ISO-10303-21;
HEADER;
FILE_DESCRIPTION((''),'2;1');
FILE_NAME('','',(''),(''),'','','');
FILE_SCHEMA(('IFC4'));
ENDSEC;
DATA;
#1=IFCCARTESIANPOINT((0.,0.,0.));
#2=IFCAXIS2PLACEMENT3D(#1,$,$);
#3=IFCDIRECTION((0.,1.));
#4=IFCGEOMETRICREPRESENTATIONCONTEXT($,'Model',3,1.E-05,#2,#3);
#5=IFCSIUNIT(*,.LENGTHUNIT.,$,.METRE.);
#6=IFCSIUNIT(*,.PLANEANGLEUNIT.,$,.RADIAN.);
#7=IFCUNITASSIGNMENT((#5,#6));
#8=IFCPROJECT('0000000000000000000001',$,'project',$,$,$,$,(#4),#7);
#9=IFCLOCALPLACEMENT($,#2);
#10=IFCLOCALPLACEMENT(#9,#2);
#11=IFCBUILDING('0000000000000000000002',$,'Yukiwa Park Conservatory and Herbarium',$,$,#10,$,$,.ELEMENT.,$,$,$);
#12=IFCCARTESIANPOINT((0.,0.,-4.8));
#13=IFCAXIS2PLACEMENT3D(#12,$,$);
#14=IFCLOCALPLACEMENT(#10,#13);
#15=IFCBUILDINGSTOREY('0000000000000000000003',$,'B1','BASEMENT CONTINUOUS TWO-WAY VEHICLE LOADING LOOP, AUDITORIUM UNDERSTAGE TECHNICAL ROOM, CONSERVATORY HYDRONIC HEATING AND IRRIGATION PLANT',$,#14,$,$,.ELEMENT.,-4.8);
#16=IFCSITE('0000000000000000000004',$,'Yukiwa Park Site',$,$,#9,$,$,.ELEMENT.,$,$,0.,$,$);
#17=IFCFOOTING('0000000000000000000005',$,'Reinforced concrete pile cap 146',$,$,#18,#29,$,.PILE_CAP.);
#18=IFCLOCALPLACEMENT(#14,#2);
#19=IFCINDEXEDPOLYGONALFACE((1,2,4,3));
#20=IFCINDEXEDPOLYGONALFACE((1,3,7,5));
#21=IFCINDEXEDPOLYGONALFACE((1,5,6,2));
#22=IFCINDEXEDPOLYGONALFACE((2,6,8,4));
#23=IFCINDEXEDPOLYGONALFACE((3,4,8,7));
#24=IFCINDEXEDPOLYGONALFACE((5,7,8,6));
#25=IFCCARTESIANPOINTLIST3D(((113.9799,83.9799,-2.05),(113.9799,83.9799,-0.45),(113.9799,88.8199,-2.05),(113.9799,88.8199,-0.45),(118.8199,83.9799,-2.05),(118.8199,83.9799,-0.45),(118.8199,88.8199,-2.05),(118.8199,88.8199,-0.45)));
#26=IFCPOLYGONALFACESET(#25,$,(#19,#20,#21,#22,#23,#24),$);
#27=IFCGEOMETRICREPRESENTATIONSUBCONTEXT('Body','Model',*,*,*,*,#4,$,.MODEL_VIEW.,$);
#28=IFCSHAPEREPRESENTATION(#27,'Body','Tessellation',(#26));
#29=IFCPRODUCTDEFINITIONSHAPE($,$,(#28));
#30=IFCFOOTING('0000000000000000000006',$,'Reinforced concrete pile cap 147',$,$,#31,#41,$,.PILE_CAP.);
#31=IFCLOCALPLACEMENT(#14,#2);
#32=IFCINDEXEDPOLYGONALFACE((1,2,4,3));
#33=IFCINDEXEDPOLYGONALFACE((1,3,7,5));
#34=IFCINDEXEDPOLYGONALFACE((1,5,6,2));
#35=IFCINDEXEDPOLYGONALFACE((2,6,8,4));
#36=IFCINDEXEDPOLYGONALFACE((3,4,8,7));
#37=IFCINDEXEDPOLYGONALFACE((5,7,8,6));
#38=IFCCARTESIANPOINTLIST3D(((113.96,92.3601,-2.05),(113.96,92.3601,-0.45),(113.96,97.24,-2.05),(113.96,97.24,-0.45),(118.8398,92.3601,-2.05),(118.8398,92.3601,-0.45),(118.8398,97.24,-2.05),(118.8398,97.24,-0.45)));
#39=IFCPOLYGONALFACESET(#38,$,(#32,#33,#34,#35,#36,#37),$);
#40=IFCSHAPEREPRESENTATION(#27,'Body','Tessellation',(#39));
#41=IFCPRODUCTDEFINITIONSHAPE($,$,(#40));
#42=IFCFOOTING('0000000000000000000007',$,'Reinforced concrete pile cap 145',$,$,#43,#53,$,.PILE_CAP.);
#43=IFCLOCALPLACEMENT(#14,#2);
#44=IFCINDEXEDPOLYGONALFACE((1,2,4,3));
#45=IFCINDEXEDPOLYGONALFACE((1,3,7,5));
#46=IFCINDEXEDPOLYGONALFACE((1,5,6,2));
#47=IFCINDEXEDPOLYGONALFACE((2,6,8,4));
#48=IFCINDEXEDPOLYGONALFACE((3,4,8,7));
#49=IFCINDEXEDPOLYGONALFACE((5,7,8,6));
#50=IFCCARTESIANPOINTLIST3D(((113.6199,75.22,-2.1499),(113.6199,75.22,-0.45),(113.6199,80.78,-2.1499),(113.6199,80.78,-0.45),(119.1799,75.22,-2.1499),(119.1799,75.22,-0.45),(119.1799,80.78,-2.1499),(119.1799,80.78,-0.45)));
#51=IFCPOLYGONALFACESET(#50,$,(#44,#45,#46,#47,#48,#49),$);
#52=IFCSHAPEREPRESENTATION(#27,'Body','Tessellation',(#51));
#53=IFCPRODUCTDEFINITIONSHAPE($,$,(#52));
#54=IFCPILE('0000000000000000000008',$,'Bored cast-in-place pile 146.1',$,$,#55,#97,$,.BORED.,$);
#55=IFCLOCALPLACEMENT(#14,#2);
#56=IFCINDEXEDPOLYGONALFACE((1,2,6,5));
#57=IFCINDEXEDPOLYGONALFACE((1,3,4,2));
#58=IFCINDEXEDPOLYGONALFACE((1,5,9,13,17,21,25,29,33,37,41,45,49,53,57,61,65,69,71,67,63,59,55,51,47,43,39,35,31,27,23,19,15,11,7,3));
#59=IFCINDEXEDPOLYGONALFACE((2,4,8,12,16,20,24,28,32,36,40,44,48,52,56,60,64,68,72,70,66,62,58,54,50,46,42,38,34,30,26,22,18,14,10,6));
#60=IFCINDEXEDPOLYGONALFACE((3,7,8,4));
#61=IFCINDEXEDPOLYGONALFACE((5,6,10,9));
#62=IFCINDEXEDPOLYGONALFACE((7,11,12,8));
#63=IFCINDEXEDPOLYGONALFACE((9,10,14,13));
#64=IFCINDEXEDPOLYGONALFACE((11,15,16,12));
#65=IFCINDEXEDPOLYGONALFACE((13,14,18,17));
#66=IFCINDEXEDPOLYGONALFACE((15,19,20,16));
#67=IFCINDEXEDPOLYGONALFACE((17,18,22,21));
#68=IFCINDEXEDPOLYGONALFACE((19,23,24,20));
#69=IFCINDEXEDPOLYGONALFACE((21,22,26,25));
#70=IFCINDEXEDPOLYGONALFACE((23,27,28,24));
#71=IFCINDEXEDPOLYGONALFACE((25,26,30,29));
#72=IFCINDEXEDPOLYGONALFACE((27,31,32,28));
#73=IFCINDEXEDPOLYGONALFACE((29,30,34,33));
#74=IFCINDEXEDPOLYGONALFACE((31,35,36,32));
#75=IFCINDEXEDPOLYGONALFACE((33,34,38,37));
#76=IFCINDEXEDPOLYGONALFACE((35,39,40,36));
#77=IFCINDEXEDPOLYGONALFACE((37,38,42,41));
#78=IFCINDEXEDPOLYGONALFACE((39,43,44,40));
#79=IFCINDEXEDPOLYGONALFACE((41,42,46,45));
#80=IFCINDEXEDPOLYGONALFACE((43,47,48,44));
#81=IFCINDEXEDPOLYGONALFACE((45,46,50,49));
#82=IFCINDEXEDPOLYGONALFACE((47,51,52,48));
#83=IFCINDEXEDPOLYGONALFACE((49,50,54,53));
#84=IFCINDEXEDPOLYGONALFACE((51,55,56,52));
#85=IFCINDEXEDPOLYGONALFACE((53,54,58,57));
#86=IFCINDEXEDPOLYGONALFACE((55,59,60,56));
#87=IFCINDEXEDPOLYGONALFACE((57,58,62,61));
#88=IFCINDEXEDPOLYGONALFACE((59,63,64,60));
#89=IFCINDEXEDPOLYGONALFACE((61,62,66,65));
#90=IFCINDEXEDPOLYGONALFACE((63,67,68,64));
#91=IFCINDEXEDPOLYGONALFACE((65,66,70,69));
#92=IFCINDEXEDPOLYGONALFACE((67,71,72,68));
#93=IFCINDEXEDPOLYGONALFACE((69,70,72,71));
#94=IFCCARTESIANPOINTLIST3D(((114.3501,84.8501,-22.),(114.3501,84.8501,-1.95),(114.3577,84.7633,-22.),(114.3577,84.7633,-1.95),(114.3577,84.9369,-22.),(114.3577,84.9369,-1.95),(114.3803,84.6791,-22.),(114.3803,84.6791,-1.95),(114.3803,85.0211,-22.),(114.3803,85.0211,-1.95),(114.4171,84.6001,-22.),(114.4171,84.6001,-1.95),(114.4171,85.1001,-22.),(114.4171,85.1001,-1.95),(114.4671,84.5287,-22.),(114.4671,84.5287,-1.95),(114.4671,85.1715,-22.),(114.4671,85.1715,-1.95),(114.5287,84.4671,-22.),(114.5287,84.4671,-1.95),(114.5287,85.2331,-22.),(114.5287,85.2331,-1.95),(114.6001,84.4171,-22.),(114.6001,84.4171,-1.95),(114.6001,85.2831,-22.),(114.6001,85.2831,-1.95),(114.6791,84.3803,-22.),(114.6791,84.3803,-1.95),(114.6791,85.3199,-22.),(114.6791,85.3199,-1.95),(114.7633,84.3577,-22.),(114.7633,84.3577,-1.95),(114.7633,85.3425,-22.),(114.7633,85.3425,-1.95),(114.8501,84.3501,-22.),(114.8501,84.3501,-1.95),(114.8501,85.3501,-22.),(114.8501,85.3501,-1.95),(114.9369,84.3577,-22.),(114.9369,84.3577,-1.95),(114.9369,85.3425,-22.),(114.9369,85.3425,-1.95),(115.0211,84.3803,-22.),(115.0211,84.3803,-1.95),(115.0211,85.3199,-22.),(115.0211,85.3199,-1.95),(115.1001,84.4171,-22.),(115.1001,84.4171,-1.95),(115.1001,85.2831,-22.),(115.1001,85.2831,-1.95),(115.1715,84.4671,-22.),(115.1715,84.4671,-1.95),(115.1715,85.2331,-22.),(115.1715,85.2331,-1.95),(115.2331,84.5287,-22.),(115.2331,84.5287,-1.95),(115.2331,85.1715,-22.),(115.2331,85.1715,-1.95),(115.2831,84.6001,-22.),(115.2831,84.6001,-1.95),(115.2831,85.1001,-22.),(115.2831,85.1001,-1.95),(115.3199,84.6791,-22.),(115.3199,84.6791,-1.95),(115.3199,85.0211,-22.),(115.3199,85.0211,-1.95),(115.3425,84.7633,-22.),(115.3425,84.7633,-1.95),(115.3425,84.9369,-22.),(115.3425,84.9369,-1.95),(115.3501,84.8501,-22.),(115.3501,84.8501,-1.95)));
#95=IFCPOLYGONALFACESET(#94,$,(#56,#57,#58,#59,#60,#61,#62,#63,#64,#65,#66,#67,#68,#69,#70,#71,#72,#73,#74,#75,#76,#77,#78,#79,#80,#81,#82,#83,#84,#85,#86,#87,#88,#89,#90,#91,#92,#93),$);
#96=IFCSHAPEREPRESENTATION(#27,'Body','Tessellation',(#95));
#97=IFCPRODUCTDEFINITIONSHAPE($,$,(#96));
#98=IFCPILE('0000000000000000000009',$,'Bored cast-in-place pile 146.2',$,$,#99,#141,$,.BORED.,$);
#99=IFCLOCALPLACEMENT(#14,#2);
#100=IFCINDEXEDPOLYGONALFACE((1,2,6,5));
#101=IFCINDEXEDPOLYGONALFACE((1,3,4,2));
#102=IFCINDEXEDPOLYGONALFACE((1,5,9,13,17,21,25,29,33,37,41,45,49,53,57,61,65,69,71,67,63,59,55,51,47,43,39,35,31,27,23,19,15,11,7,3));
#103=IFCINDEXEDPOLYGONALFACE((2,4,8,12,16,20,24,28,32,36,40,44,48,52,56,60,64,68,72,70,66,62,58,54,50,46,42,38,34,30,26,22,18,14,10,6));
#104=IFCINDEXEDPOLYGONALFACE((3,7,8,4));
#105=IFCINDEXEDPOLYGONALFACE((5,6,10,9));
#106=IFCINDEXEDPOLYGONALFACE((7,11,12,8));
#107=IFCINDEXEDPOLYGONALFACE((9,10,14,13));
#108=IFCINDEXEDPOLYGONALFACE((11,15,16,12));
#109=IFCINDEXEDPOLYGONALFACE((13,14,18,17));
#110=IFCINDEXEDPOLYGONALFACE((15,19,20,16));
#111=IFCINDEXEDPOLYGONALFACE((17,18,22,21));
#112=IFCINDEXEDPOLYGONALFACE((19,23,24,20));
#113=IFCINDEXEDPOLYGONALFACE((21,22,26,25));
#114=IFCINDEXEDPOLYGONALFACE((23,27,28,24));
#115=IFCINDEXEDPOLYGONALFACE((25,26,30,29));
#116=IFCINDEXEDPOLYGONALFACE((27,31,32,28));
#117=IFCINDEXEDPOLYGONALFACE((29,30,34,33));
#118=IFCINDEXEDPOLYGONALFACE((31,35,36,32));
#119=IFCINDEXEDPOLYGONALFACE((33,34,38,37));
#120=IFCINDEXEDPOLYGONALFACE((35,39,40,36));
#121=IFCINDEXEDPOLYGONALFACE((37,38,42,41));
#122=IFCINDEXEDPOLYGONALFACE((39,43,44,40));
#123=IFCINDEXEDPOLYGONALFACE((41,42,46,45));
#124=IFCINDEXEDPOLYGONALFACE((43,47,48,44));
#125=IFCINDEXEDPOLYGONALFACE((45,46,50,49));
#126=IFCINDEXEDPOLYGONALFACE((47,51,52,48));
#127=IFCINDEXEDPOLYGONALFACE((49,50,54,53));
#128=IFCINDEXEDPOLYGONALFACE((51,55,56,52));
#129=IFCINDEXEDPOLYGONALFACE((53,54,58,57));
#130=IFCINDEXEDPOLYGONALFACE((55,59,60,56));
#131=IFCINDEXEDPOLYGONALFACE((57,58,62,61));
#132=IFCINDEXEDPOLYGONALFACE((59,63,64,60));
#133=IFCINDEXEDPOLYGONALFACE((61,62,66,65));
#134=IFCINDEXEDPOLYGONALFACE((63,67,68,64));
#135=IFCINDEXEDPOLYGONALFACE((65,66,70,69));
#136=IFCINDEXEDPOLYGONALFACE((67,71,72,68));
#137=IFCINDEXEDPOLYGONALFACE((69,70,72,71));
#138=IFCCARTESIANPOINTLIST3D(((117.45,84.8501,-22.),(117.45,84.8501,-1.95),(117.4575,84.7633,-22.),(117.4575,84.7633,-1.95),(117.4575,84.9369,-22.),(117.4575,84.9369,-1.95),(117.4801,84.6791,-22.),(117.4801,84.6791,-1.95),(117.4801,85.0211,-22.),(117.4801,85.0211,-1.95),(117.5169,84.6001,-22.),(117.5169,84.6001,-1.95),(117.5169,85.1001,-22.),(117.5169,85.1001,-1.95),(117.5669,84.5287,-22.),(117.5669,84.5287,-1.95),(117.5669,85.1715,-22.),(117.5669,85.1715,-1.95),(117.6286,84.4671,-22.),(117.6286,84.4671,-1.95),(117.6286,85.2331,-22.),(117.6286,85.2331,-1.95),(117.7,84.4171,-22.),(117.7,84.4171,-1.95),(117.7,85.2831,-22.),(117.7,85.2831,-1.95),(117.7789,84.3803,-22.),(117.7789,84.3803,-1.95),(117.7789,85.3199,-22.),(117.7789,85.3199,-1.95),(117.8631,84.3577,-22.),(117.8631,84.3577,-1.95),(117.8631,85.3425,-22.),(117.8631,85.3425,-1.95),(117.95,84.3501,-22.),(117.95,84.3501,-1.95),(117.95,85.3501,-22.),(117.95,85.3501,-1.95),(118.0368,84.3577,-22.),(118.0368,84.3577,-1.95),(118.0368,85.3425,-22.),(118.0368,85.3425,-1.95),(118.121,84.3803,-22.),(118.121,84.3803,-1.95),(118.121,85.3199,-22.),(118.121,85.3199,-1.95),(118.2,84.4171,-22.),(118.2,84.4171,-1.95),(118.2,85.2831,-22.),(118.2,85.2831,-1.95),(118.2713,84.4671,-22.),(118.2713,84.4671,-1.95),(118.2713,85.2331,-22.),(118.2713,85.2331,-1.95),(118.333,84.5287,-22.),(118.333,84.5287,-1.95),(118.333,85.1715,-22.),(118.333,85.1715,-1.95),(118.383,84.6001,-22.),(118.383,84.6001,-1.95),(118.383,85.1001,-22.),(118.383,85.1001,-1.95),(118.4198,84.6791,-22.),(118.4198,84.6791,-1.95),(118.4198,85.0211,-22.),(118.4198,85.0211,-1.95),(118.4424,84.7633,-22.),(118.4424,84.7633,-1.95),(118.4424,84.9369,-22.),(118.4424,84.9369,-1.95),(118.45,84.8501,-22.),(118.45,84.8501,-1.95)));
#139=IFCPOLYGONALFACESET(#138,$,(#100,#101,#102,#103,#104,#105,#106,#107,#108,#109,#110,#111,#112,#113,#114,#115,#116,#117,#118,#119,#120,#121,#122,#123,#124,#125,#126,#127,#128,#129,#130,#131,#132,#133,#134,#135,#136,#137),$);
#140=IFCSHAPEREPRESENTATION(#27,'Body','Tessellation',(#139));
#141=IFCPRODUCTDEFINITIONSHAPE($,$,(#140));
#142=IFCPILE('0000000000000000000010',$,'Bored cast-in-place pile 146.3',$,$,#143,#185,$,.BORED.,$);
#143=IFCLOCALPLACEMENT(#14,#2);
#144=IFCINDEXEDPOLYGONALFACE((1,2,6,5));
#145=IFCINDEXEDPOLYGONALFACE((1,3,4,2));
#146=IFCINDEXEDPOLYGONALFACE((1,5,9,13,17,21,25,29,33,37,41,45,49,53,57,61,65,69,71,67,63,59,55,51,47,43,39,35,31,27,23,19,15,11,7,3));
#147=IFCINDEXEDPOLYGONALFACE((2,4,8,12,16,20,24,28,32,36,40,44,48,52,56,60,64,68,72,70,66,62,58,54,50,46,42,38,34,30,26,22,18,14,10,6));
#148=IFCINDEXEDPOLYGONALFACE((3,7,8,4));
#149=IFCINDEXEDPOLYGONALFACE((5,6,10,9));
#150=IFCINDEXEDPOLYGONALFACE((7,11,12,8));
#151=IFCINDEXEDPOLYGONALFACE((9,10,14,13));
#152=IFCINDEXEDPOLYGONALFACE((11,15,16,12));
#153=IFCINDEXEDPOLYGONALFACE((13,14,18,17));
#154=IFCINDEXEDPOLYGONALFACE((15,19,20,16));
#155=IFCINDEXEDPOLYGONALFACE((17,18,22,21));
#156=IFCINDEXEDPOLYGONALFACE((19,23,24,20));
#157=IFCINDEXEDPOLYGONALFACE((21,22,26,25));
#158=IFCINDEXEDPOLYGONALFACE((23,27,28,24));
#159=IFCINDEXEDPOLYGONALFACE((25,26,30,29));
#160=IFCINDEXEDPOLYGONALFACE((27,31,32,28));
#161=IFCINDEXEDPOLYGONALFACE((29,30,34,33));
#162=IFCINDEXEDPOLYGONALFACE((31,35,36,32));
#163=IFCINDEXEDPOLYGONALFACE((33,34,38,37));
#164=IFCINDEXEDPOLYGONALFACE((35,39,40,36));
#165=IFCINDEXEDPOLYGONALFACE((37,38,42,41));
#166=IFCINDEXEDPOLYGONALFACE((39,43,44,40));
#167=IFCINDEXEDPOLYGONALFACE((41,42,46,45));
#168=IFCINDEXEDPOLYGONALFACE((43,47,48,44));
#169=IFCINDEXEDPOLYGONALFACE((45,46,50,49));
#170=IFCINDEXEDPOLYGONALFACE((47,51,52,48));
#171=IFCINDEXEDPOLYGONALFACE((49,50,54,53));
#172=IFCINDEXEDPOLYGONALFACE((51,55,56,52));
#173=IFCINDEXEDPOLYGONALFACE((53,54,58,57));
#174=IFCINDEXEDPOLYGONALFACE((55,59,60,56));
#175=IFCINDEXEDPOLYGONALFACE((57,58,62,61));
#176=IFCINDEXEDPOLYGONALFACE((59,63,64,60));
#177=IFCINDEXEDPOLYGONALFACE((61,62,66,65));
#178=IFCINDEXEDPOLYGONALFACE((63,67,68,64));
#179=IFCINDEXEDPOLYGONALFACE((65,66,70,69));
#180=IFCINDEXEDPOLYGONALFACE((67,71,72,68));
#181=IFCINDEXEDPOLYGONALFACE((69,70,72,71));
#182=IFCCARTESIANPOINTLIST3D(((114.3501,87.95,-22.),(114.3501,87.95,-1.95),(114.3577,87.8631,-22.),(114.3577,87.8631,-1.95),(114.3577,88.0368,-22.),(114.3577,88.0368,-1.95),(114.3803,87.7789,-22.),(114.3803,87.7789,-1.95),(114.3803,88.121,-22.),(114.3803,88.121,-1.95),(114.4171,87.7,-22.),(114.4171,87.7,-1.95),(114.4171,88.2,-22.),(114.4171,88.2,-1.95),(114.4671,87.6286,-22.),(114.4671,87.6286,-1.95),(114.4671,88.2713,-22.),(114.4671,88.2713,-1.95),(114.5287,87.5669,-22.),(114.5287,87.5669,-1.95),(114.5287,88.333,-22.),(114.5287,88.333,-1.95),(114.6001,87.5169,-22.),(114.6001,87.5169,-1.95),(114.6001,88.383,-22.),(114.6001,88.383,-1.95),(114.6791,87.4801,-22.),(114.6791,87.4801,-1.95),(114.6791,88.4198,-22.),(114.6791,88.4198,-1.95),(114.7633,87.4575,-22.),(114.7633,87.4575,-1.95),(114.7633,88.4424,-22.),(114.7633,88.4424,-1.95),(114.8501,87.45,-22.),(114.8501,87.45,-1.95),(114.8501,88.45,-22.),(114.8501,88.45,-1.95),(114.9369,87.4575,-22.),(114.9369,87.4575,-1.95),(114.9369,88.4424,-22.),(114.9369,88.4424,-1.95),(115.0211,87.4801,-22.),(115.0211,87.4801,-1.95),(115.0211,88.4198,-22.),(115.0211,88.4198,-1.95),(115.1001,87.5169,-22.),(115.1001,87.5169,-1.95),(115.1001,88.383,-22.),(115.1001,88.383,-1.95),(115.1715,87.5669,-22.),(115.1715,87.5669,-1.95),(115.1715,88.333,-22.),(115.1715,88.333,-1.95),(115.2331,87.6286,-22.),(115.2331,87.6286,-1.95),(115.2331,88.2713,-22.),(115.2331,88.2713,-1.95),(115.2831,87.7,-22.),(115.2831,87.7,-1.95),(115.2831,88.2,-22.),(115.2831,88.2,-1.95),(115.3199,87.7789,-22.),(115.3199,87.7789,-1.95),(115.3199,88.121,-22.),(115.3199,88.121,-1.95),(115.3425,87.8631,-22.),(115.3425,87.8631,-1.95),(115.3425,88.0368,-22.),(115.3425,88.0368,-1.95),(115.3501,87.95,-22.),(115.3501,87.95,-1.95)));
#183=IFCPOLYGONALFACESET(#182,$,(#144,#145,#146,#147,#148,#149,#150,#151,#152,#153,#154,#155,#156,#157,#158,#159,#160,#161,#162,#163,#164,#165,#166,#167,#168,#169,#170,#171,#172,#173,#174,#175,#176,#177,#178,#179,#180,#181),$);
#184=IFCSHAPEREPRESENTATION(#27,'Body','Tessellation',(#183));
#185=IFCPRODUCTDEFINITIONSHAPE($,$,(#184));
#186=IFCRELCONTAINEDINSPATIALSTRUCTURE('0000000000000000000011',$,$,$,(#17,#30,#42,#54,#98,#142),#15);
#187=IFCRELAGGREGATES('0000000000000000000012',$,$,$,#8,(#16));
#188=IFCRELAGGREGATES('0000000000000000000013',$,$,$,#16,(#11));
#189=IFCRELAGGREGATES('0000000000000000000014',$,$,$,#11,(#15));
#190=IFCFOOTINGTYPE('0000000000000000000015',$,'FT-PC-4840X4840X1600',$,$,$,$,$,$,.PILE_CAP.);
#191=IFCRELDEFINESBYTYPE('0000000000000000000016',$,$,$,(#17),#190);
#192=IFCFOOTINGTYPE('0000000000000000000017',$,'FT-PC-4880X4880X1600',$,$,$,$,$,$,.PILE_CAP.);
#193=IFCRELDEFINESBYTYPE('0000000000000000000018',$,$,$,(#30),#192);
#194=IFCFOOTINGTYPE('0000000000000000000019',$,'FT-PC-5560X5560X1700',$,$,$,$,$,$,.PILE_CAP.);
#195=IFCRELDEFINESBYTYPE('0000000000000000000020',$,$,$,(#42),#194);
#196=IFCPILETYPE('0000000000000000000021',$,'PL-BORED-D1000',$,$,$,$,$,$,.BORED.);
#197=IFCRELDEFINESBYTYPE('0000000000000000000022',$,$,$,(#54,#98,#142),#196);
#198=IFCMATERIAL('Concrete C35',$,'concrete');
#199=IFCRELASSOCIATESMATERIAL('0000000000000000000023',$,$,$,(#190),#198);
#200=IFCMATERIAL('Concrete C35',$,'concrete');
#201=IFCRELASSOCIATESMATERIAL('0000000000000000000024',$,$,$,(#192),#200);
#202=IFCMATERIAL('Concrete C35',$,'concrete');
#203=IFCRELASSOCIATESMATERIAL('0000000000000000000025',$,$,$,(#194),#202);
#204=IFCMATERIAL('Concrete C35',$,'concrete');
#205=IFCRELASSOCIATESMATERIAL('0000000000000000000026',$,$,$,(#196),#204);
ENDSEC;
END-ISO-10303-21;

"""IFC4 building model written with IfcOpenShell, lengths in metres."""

from ifc_helpers import new_model, si_unit, direction, frame, origin, origin_2d, place, context, subcontext, project, spatial, rectangle, circle, extrude, material, material_profile, profile_set, type_object, element, save


model = new_model("IFC4")

# Units and contexts
model_context = context("Model", 3, precision=1e-05, world=origin(), true_north=direction((0.0, 1.0)))
body_context = subcontext(model_context, "Body", "Model", "MODEL_VIEW")
ifc_project = project(units=[si_unit("LENGTHUNIT", "METRE"), si_unit("PLANEANGLEUNIT", "RADIAN")], contexts=[model_context])

# Site, building, storey
site_placement = place(None, origin())
site = spatial("IfcSite", under=ifc_project, at=site_placement, Name="Yukiwa Park Site", CompositionType="ELEMENT", RefElevation=0.0)
building_placement = place(site_placement, origin())
building = spatial("IfcBuilding", under=site, at=building_placement, Name="Yukiwa Park Conservatory and Herbarium", CompositionType="ELEMENT")
storey_placement = place(building_placement, frame((0.0, 0.0, -4.8)))
storey = spatial("IfcBuildingStorey", under=building, at=storey_placement, Name="B1", Description="BASEMENT CONTINUOUS TWO-WAY VEHICLE LOADING LOOP, AUDITORIUM UNDERSTAGE TECHNICAL ROOM, CONSERVATORY HYDRONIC HEATING AND IRRIGATION PLANT", CompositionType="ELEMENT", Elevation=-4.8)

# Footings
ifc_material_1 = material(Name="Concrete C35", Category="concrete")
footing_type_1 = type_object("IfcFootingType", Name="FT-PC-4840X4840X1600", PredefinedType="PILE_CAP", material=ifc_material_1)
footing_1_placement = place(storey_placement, frame((116.3999, 86.3999, -2.05), z_axis=(0.0, 0.0, 1.0), x_axis=(1.0, 0.0, 0.0)))
element("IfcFooting", 1, at=footing_1_placement, inside=storey, type_object=footing_type_1, Name="Reinforced concrete pile cap 146", PredefinedType="PILE_CAP", context=body_context, shape_type="SweptSolid", body=[
    extrude(rectangle(XDim=4.8401, YDim=4.8401, at=origin_2d()), origin(), (0.0, 0.0, 1.0), 1.6001),
])
ifc_material_2 = material(Name="Concrete C35", Category="concrete")
footing_type_2 = type_object("IfcFootingType", Name="FT-PC-4880X4880X1600", PredefinedType="PILE_CAP", material=ifc_material_2)
footing_2_placement = place(storey_placement, frame((116.3999, 94.8, -2.05), z_axis=(0.0, 0.0, 1.0), x_axis=(1.0, 0.0, 0.0)))
element("IfcFooting", 2, at=footing_2_placement, inside=storey, type_object=footing_type_2, Name="Reinforced concrete pile cap 147", PredefinedType="PILE_CAP", context=body_context, shape_type="SweptSolid", body=[
    extrude(rectangle(XDim=4.8799, YDim=4.8799, at=origin_2d()), origin(), (0.0, 0.0, 1.0), 1.6001),
])
ifc_material_3 = material(Name="Concrete C35", Category="concrete")
footing_type_3 = type_object("IfcFootingType", Name="FT-PC-5560X5560X1700", PredefinedType="PILE_CAP", material=ifc_material_3)
footing_3_placement = place(storey_placement, frame((116.3999, 78.0, -2.1499), z_axis=(0.0, 0.0, 1.0), x_axis=(1.0, 0.0, 0.0)))
element("IfcFooting", 3, at=footing_3_placement, inside=storey, type_object=footing_type_3, Name="Reinforced concrete pile cap 145", PredefinedType="PILE_CAP", context=body_context, shape_type="SweptSolid", body=[
    extrude(rectangle(XDim=5.5601, YDim=5.5601, at=origin_2d()), origin(), (0.0, 0.0, 1.0), 1.7),
])

# Piles
ifc_material_4 = material(Name="Concrete C35", Category="concrete")
ifc_material_profile_1 = material_profile(ifc_material_4, circle(Radius=0.5, at=origin_2d()), Name="PILE D1000")
ifc_profile_set_1 = profile_set([ifc_material_profile_1], Name="Concrete C35")
pile_type_1 = type_object("IfcPileType", Name="PL-BORED-D1000", PredefinedType="BORED", material=ifc_profile_set_1)
for number, where, z_axis, x_axis, name in (
    (4, (114.8501, 84.8501, -1.95), (0.0, 0.0, -1.0), (1.0, 0.0, 0.0), "Bored cast-in-place pile 146.1"),
    (5, (117.95, 84.8501, -1.95), (0.0, 0.0, -1.0), (1.0, 0.0, 0.0), "Bored cast-in-place pile 146.2"),
    (6, (114.8501, 87.95, -1.95), (0.0, 0.0, -1.0), (1.0, 0.0, 0.0), "Bored cast-in-place pile 146.3"),
):
    element("IfcPile", number, at=place(storey_placement, frame(where, z_axis=z_axis, x_axis=x_axis)), inside=storey, type_object=pile_type_1, Name=name, PredefinedType="BORED", context=body_context, shape_type="SweptSolid", body=[
        extrude(circle(Radius=0.5, at=origin_2d()), origin(), (0.0, 0.0, 1.0), 20.05),
    ])

save(model, "model.ifc")
